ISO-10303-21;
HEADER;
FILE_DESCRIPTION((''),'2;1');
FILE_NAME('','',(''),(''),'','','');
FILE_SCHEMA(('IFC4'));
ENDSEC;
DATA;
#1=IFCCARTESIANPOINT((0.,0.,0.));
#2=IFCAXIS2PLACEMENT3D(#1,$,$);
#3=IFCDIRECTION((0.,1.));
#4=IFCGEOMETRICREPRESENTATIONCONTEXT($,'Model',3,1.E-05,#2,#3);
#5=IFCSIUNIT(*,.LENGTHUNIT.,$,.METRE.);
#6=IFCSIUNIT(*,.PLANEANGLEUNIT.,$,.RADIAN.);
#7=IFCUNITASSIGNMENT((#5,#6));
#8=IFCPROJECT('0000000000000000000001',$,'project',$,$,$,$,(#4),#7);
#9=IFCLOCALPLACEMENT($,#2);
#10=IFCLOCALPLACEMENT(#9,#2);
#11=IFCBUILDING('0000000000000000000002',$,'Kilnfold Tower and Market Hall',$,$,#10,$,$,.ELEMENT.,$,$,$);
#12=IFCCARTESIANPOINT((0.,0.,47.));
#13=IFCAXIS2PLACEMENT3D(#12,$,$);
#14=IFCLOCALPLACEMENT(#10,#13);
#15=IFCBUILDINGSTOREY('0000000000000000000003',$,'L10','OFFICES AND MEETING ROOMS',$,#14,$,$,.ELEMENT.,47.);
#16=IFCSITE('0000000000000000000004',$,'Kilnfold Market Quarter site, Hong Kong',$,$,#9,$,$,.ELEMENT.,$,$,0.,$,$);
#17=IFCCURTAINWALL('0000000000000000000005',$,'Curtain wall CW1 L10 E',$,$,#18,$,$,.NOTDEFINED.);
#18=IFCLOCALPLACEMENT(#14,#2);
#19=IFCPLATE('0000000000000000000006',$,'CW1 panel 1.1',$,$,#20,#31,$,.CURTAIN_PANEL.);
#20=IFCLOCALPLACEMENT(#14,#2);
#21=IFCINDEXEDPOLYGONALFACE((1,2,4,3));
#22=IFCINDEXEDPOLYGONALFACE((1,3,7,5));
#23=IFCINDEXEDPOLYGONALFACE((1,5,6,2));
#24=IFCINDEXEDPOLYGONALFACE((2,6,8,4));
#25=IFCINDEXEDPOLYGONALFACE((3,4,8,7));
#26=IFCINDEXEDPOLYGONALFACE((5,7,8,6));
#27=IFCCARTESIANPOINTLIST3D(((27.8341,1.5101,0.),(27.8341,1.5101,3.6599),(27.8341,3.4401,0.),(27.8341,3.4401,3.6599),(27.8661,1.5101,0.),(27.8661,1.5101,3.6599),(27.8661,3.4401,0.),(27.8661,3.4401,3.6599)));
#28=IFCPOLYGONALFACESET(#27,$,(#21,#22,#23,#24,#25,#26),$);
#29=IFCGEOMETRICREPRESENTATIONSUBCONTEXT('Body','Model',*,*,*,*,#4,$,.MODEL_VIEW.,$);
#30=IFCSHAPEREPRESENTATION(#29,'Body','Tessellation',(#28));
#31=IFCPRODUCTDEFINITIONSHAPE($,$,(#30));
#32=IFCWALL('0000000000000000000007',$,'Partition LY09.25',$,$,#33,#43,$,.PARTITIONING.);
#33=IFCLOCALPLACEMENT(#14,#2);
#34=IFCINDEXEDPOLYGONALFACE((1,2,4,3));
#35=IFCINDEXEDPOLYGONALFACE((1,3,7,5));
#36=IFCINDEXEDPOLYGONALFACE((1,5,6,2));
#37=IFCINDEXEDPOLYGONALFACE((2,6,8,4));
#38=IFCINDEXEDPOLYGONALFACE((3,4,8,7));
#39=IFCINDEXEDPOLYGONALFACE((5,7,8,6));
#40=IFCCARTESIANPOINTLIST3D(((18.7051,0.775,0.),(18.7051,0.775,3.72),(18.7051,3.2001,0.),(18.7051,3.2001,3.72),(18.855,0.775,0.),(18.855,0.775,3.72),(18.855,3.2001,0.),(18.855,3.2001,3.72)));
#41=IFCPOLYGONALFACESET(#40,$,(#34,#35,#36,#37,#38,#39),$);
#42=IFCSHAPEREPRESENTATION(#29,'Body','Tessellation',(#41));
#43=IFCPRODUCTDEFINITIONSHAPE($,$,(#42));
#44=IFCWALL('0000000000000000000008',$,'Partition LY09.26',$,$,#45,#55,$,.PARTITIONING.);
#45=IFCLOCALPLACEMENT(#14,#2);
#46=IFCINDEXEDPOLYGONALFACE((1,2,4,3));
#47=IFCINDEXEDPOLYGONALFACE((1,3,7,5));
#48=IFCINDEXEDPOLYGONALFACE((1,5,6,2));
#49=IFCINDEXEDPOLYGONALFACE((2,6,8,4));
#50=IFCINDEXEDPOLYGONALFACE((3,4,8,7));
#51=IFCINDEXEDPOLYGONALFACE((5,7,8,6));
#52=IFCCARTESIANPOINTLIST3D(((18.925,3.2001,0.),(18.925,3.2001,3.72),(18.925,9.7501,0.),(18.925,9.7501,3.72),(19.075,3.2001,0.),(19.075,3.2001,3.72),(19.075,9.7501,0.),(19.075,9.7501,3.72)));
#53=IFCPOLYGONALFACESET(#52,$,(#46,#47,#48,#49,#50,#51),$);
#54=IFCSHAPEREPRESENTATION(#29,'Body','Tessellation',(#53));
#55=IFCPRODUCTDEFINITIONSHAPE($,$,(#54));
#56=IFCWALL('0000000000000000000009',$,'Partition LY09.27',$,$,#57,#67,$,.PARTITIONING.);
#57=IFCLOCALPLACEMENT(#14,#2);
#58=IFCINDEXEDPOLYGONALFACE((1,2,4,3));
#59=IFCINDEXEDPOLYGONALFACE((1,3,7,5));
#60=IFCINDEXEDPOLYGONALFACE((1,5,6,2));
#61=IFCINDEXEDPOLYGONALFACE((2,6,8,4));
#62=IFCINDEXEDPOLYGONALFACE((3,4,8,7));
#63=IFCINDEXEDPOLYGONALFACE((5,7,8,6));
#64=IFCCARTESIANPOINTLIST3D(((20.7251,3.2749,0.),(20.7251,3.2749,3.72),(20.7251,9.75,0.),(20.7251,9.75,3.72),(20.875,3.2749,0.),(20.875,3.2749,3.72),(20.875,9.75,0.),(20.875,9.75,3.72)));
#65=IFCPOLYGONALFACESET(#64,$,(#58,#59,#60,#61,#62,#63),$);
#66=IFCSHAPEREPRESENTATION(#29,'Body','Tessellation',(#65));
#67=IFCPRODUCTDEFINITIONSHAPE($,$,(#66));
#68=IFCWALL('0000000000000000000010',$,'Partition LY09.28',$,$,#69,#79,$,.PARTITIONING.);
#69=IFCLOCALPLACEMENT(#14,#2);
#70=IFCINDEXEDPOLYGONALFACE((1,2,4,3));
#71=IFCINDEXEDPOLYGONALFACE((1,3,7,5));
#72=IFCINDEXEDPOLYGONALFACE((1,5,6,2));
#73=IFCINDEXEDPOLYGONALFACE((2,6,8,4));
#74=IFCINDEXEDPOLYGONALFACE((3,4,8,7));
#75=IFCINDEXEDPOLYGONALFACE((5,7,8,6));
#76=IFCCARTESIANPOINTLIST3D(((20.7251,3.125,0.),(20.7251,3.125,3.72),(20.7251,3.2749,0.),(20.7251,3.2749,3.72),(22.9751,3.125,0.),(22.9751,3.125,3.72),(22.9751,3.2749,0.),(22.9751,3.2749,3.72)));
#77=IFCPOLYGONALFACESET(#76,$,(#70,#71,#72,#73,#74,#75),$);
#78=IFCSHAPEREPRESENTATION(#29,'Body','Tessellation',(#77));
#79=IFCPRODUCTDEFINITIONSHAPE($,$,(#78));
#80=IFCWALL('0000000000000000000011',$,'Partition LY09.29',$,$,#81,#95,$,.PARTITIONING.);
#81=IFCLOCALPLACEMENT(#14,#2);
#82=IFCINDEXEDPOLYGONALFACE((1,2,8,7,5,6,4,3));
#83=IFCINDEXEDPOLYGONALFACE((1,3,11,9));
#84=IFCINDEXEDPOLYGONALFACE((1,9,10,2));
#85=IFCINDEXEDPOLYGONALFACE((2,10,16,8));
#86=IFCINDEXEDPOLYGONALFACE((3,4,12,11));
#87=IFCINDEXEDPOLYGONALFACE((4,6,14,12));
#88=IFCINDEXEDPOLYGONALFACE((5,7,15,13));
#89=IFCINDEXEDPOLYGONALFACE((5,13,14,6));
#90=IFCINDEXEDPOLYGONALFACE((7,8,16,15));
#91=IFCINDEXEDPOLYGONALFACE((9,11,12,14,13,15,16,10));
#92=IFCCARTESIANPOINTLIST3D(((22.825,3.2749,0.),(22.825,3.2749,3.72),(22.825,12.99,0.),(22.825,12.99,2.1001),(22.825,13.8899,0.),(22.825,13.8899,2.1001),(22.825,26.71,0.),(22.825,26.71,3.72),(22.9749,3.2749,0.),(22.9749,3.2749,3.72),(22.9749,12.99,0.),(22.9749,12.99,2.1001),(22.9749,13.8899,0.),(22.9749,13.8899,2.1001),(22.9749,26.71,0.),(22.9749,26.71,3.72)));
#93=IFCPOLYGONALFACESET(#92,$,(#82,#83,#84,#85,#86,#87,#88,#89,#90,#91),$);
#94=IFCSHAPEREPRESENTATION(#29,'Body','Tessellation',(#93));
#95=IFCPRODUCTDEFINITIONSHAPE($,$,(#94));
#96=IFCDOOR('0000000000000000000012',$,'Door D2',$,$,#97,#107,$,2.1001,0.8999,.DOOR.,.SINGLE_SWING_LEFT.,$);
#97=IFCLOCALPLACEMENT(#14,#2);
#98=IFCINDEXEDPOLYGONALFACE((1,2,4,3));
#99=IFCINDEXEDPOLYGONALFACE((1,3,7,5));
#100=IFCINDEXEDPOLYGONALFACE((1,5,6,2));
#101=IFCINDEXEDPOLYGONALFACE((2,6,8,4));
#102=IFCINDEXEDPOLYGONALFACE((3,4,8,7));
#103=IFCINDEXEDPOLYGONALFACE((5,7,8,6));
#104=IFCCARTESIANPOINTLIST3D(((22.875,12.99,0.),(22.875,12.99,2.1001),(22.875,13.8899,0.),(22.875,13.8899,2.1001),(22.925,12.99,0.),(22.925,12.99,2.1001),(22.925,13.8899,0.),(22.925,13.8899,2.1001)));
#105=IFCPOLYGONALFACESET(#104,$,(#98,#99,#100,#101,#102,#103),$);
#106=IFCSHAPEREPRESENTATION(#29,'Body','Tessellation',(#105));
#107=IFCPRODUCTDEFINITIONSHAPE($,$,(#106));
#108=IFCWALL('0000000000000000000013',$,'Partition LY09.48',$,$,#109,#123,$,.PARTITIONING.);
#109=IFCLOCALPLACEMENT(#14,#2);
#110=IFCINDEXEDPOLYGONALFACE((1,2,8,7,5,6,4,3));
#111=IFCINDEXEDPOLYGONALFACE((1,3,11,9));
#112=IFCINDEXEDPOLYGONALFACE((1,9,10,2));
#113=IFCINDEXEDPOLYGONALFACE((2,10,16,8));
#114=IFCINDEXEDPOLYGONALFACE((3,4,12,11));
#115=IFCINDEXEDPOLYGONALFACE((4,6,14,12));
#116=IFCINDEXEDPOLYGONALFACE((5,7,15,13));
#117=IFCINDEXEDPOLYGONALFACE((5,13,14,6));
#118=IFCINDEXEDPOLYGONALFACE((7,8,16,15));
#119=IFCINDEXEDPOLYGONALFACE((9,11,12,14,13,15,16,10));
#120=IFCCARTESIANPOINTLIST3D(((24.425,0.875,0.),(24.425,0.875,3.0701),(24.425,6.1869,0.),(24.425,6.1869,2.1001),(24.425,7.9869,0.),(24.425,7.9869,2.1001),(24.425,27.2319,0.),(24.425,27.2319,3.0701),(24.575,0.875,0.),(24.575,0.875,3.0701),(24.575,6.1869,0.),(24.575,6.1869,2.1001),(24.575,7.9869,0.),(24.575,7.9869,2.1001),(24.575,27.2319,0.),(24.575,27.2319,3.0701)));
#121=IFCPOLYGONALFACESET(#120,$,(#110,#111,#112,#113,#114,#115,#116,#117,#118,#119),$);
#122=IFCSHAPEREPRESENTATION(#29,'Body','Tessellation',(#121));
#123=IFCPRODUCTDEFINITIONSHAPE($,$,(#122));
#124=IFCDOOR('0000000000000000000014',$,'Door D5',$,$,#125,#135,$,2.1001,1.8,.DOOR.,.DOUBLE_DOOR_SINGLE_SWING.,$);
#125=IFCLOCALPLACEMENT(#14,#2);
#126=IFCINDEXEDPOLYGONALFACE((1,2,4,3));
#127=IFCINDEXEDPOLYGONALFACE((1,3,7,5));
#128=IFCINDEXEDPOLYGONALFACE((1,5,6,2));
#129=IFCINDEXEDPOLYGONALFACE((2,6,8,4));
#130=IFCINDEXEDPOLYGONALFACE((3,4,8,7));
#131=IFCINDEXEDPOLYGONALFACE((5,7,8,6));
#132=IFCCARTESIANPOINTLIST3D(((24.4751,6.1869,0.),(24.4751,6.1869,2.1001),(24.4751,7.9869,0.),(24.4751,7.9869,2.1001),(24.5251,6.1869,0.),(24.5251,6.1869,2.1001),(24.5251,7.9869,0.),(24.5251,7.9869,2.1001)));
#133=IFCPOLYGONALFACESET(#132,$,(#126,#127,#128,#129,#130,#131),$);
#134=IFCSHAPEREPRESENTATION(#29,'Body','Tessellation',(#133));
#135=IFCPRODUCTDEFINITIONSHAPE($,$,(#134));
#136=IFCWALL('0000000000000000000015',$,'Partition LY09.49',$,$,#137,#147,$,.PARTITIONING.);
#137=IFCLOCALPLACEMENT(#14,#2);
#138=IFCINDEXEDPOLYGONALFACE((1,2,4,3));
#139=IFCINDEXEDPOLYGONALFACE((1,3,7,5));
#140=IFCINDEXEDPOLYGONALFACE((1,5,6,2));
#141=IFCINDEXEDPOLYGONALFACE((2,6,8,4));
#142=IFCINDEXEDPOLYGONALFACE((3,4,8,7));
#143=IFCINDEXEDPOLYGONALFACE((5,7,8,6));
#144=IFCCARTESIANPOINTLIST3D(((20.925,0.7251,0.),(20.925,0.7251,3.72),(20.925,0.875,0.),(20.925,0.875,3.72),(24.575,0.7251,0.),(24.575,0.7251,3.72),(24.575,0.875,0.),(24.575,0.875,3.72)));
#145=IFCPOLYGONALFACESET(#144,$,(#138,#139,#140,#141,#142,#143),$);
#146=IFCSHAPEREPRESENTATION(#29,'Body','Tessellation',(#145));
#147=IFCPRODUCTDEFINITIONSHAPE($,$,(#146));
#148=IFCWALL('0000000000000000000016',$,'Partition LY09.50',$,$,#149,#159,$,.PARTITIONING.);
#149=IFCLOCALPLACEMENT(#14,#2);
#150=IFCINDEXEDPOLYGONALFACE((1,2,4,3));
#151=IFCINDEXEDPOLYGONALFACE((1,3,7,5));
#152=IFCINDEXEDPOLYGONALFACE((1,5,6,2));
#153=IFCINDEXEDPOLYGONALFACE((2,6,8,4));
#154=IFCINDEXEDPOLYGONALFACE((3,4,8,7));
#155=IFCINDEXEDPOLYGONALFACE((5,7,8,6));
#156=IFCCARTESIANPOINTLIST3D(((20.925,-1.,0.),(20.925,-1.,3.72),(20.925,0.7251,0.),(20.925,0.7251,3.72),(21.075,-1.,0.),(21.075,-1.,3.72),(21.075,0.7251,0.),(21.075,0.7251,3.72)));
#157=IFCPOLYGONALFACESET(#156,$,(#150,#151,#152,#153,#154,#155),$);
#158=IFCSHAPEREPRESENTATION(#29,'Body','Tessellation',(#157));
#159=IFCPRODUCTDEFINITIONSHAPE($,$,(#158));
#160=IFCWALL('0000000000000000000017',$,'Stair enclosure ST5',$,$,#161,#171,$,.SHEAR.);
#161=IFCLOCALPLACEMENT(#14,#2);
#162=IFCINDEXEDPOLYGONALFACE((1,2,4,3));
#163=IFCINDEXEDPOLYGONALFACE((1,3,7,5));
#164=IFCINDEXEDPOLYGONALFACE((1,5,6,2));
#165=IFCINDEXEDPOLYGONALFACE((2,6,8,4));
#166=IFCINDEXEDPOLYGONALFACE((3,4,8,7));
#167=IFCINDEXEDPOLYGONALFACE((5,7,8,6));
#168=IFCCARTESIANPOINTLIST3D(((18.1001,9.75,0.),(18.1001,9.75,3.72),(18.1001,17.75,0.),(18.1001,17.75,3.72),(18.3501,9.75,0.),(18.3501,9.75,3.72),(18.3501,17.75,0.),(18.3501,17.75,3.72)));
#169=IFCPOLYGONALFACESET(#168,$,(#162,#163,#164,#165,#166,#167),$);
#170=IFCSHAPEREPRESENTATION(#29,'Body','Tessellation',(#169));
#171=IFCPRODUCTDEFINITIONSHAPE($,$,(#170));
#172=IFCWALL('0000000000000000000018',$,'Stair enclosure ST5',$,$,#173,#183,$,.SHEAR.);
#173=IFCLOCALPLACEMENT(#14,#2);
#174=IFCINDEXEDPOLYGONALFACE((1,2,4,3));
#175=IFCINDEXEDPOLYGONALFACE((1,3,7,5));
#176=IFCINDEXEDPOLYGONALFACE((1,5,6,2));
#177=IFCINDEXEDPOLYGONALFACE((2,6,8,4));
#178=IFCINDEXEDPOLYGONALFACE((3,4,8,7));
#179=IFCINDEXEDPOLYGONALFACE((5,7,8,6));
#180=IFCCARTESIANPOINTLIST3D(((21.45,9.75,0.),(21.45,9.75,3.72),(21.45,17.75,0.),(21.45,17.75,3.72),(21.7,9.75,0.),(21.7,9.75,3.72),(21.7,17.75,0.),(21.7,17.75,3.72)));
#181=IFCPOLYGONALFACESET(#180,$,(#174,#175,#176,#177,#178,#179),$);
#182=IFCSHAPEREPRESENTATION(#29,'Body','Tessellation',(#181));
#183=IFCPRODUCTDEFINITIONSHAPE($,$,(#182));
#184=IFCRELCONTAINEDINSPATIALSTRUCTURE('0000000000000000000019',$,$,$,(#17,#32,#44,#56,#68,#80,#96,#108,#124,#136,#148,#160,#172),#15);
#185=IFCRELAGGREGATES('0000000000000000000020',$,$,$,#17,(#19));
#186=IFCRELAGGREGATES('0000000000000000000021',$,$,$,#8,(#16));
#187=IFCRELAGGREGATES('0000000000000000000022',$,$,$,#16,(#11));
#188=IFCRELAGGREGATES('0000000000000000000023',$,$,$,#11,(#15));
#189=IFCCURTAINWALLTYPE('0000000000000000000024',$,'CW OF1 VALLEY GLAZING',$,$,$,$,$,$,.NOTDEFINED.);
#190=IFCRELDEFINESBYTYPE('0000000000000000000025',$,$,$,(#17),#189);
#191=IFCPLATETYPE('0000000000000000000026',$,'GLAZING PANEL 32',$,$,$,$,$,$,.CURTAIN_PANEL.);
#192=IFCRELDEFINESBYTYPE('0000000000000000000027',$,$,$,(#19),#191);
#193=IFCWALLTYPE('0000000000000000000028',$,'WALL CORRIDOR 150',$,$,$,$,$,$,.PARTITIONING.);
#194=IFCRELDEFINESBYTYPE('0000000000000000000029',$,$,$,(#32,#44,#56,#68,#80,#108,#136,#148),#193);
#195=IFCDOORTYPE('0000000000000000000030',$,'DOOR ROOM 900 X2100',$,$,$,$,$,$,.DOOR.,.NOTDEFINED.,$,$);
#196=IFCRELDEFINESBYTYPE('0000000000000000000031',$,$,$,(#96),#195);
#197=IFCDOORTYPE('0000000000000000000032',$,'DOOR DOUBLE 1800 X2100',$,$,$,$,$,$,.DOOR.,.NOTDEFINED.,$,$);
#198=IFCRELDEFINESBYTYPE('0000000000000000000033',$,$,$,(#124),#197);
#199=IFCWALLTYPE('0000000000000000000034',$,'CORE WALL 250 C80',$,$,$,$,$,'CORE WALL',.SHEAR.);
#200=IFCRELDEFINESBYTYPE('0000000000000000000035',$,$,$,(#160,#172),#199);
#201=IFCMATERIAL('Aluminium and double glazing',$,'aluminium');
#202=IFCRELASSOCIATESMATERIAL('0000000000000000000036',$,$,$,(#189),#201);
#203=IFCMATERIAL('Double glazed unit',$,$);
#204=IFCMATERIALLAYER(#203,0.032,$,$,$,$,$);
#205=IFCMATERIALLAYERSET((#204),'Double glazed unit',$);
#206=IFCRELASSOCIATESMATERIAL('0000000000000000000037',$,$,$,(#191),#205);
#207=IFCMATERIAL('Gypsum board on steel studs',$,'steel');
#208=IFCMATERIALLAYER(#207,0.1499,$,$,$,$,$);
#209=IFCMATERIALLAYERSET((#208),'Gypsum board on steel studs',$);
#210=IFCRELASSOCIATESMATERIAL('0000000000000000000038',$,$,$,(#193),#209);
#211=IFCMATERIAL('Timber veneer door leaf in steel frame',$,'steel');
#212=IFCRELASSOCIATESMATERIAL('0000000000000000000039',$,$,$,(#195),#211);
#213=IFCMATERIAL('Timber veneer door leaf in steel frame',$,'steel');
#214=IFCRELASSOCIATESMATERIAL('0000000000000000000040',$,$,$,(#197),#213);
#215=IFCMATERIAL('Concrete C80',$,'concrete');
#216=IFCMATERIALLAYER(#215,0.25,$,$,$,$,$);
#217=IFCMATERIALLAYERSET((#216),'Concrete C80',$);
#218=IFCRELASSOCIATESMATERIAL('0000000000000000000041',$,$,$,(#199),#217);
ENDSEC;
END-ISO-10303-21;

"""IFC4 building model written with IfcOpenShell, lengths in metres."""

from ifc_helpers import new_model, si_unit, direction, frame, frame_2d, origin, origin_2d, place, context, subcontext, project, spatial, rectangle, extrude, source, transform, mapped, material, layer, layer_set, type_object, element, fill, aggregate, save


model = new_model("IFC4")

# Units and contexts
model_context = context("Model", 3, precision=1e-05, world=origin(), true_north=direction((0.0, 1.0)))
body_context = subcontext(model_context, "Body", "Model", "MODEL_VIEW")
ifc_project = project(units=[si_unit("LENGTHUNIT", "METRE"), si_unit("PLANEANGLEUNIT", "RADIAN")], contexts=[model_context])

# Site, building, storey
site_placement = place(None, origin())
site = spatial("IfcSite", under=ifc_project, at=site_placement, Name="Kilnfold Market Quarter site, Hong Kong", CompositionType="ELEMENT", RefElevation=0.0)
building_placement = place(site_placement, origin())
building = spatial("IfcBuilding", under=site, at=building_placement, Name="Kilnfold Tower and Market Hall", CompositionType="ELEMENT")
storey_placement = place(building_placement, frame((0.0, 0.0, 47.0)))
storey = spatial("IfcBuildingStorey", under=building, at=storey_placement, Name="L10", Description="OFFICES AND MEETING ROOMS", CompositionType="ELEMENT", Elevation=47.0)

# Curtain wall
ifc_material_1 = material(Name="Aluminium and double glazing", Category="aluminium")
curtain_wall_type = type_object("IfcCurtainWallType", Name="CW OF1 VALLEY GLAZING", PredefinedType="NOTDEFINED", material=ifc_material_1)
curtain_wall_1_placement = place(storey_placement, origin())
curtain_wall_1 = element("IfcCurtainWall", 1, at=curtain_wall_1_placement, inside=storey, type_object=curtain_wall_type, Name="Curtain wall CW1 L10 E", PredefinedType="NOTDEFINED")

# Plate
ifc_material_2 = material(Name="Double glazed unit")
ifc_layer_1 = layer(ifc_material_2, 0.032)
ifc_layer_set_1 = layer_set([ifc_layer_1], Name="Double glazed unit")
plate_type = type_object("IfcPlateType", Name="GLAZING PANEL 32", PredefinedType="CURTAIN_PANEL", material=ifc_layer_set_1)
shared_shape_1 = source(origin(), body_context, "Body", "SweptSolid", [
    extrude(rectangle(XDim=1.9299, YDim=0.032, at=origin_2d()), origin(), (0.0, 0.0, 1.0), 3.6599),
])
plate_1_placement = place(storey_placement, frame((27.8501, 2.4751, 0.0), z_axis=(0.0, 0.0, 1.0), x_axis=(0.0, 1.0, 0.0)))
plate_1 = element("IfcPlate", 2, at=plate_1_placement, type_object=plate_type, Name="CW1 panel 1.1", PredefinedType="CURTAIN_PANEL", context=body_context, shape_type="MappedRepresentation", body=[
    mapped(shared_shape_1, transform((0.0, 0.0, 0.0))),
])
aggregate(curtain_wall_1, [plate_1])

# Walls
ifc_material_3 = material(Name="Gypsum board on steel studs", Category="steel")
ifc_layer_2 = layer(ifc_material_3, 0.1499)
ifc_layer_set_2 = layer_set([ifc_layer_2], Name="Gypsum board on steel studs")
wall_type_1 = type_object("IfcWallType", Name="WALL CORRIDOR 150", PredefinedType="PARTITIONING", material=ifc_layer_set_2)
wall_1_placement = place(storey_placement, frame((18.78, 3.2, 0.0), z_axis=(0.0, 0.0, 1.0), x_axis=(0.0, -1.0, 0.0)))
element("IfcWall", 3, at=wall_1_placement, inside=storey, type_object=wall_type_1, Name="Partition LY09.25", PredefinedType="PARTITIONING", context=body_context, shape_type="SweptSolid", body=[
    extrude(rectangle(XDim=2.425, YDim=0.1499, at=frame_2d((1.2124, 0.0))), origin(), (0.0, 0.0, 1.0), 3.72),
])
wall_2_placement = place(storey_placement, frame((19.0, 9.75, 0.0), z_axis=(0.0, 0.0, 1.0), x_axis=(0.0, -1.0, 0.0)))
element("IfcWall", 4, at=wall_2_placement, inside=storey, type_object=wall_type_1, Name="Partition LY09.26", PredefinedType="PARTITIONING", context=body_context, shape_type="SweptSolid", body=[
    extrude(rectangle(XDim=6.55, YDim=0.1499, at=frame_2d((3.2749, 0.0))), origin(), (0.0, 0.0, 1.0), 3.72),
])
wall_3_placement = place(storey_placement, frame((20.8, 3.2749, 0.0), z_axis=(0.0, 0.0, 1.0), x_axis=(0.0, 1.0, 0.0)))
element("IfcWall", 5, at=wall_3_placement, inside=storey, type_object=wall_type_1, Name="Partition LY09.27", PredefinedType="PARTITIONING", context=body_context, shape_type="SweptSolid", body=[
    extrude(rectangle(XDim=6.4751, YDim=0.1499, at=frame_2d((3.2375, 0.0))), origin(), (0.0, 0.0, 1.0), 3.72),
])
wall_4_placement = place(storey_placement, frame((20.7251, 3.2, 0.0), z_axis=(0.0, 0.0, 1.0), x_axis=(1.0, 0.0, 0.0)))
element("IfcWall", 6, at=wall_4_placement, inside=storey, type_object=wall_type_1, Name="Partition LY09.28", PredefinedType="PARTITIONING", context=body_context, shape_type="SweptSolid", body=[
    extrude(rectangle(XDim=2.25, YDim=0.1499, at=frame_2d((1.125, 0.0))), origin(), (0.0, 0.0, 1.0), 3.72),
])

# Walls, openings, doors
wall_5_placement = place(storey_placement, frame((22.8999, 3.2749, 0.0), z_axis=(0.0, 0.0, 1.0), x_axis=(0.0, 1.0, 0.0)))
wall_5 = element("IfcWall", 7, at=wall_5_placement, inside=storey, type_object=wall_type_1, Name="Partition LY09.29", PredefinedType="PARTITIONING", context=body_context, shape_type="SweptSolid", body=[
    extrude(rectangle(XDim=23.4351, YDim=0.1499, at=frame_2d((11.7175, 0.0))), origin(), (0.0, 0.0, 1.0), 3.72),
])
opening_1_placement = place(wall_5_placement, frame((9.7151, 0.0, 0.0)))
opening_1 = element("IfcOpeningElement", 8, at=opening_1_placement, cuts=wall_5, PredefinedType="OPENING", context=body_context, shape_type="SweptSolid", body=[
    extrude(rectangle(XDim=0.8999, YDim=2.1001, at=frame_2d((0.45, 1.05))), frame((0.0, 0.085, 0.0), z_axis=(0.0, -1.0, 0.0), x_axis=(1.0, 0.0, 0.0)), (0.0, 0.0, 1.0), 0.1699),
])
ifc_material_4 = material(Name="Timber veneer door leaf in steel frame", Category="steel")
door_type_1 = type_object("IfcDoorType", Name="DOOR ROOM 900 X2100", OperationType="NOTDEFINED", PredefinedType="DOOR", material=ifc_material_4)
door_1_placement = place(opening_1_placement, origin())
door_1 = element("IfcDoor", 9, at=door_1_placement, inside=storey, type_object=door_type_1, Name="Door D2", OperationType="SINGLE_SWING_LEFT", OverallHeight=2.1001, OverallWidth=0.8999, PredefinedType="DOOR", context=body_context, shape_type="SweptSolid", body=[
    extrude(rectangle(XDim=0.8999, YDim=2.1001, at=frame_2d((0.45, 1.05))), frame((0.0, 0.0249, 0.0), z_axis=(0.0, -1.0, 0.0), x_axis=(1.0, 0.0, 0.0)), (0.0, 0.0, 1.0), 0.05),
])
fill(opening_1, door_1)
wall_6_placement = place(storey_placement, frame((24.5, 0.875, 0.0), z_axis=(0.0, 0.0, 1.0), x_axis=(0.0, 1.0, 0.0)))
wall_6 = element("IfcWall", 10, at=wall_6_placement, inside=storey, type_object=wall_type_1, Name="Partition LY09.48", PredefinedType="PARTITIONING", context=body_context, shape_type="SweptSolid", body=[
    extrude(rectangle(XDim=26.3569, YDim=0.1499, at=frame_2d((13.1785, 0.0))), origin(), (0.0, 0.0, 1.0), 3.0701),
])
opening_2_placement = place(wall_6_placement, frame((5.312, 0.0, 0.0)))
opening_2 = element("IfcOpeningElement", 11, at=opening_2_placement, cuts=wall_6, PredefinedType="OPENING", context=body_context, shape_type="SweptSolid", body=[
    extrude(rectangle(XDim=1.8, YDim=2.1001, at=frame_2d((0.8999, 1.05))), frame((0.0, 0.085, 0.0), z_axis=(0.0, -1.0, 0.0), x_axis=(1.0, 0.0, 0.0)), (0.0, 0.0, 1.0), 0.1699),
])
ifc_material_5 = material(Name="Timber veneer door leaf in steel frame", Category="steel")
door_type_2 = type_object("IfcDoorType", Name="DOOR DOUBLE 1800 X2100", OperationType="NOTDEFINED", PredefinedType="DOOR", material=ifc_material_5)
door_2_placement = place(opening_2_placement, origin())
door_2 = element("IfcDoor", 12, at=door_2_placement, inside=storey, type_object=door_type_2, Name="Door D5", OperationType="DOUBLE_DOOR_SINGLE_SWING", OverallHeight=2.1001, OverallWidth=1.8, PredefinedType="DOOR", context=body_context, shape_type="SweptSolid", body=[
    extrude(rectangle(XDim=1.8, YDim=2.1001, at=frame_2d((0.8999, 1.05))), frame((0.0, 0.0249, 0.0), z_axis=(0.0, -1.0, 0.0), x_axis=(1.0, 0.0, 0.0)), (0.0, 0.0, 1.0), 0.05),
])
fill(opening_2, door_2)

# Walls
wall_7_placement = place(storey_placement, frame((20.925, 0.8, 0.0), z_axis=(0.0, 0.0, 1.0), x_axis=(1.0, 0.0, 0.0)))
element("IfcWall", 13, at=wall_7_placement, inside=storey, type_object=wall_type_1, Name="Partition LY09.49", PredefinedType="PARTITIONING", context=body_context, shape_type="SweptSolid", body=[
    extrude(rectangle(XDim=3.6499, YDim=0.1499, at=frame_2d((1.825, 0.0))), origin(), (0.0, 0.0, 1.0), 3.72),
])
wall_8_placement = place(storey_placement, frame((21.0, -1.0, 0.0), z_axis=(0.0, 0.0, 1.0), x_axis=(0.0, 1.0, 0.0)))
element("IfcWall", 14, at=wall_8_placement, inside=storey, type_object=wall_type_1, Name="Partition LY09.50", PredefinedType="PARTITIONING", context=body_context, shape_type="SweptSolid", body=[
    extrude(rectangle(XDim=1.7251, YDim=0.1499, at=frame_2d((0.8625, 0.0))), origin(), (0.0, 0.0, 1.0), 3.72),
])
ifc_material_6 = material(Name="Concrete C80", Category="concrete")
ifc_layer_3 = layer(ifc_material_6, 0.25)
ifc_layer_set_3 = layer_set([ifc_layer_3], Name="Concrete C80")
wall_type_2 = type_object("IfcWallType", Name="CORE WALL 250 C80", ElementType="CORE WALL", PredefinedType="SHEAR", material=ifc_layer_set_3)
shared_shape_2 = source(origin(), body_context, "Body", "SweptSolid", [
    extrude(rectangle(XDim=8.0, YDim=0.25, at=frame_2d((4.0, 0.0))), origin(), (0.0, 0.0, 1.0), 3.72),
])
for number, where, z_axis, x_axis, name in (
    (15, (18.2251, 9.75, 0.0), (0.0, 0.0, 1.0), (0.0, 1.0, 0.0), "Stair enclosure ST5"),
    (16, (21.575, 9.75, 0.0), (0.0, 0.0, 1.0), (0.0, 1.0, 0.0), "Stair enclosure ST5"),
):
    element("IfcWall", number, at=place(storey_placement, frame(where, z_axis=z_axis, x_axis=x_axis)), inside=storey, type_object=wall_type_2, Name=name, PredefinedType="SHEAR", context=body_context, shape_type="MappedRepresentation", body=[
        mapped(shared_shape_2, transform((0.0, 0.0, 0.0))),
    ])

save(model, "model.ifc")
